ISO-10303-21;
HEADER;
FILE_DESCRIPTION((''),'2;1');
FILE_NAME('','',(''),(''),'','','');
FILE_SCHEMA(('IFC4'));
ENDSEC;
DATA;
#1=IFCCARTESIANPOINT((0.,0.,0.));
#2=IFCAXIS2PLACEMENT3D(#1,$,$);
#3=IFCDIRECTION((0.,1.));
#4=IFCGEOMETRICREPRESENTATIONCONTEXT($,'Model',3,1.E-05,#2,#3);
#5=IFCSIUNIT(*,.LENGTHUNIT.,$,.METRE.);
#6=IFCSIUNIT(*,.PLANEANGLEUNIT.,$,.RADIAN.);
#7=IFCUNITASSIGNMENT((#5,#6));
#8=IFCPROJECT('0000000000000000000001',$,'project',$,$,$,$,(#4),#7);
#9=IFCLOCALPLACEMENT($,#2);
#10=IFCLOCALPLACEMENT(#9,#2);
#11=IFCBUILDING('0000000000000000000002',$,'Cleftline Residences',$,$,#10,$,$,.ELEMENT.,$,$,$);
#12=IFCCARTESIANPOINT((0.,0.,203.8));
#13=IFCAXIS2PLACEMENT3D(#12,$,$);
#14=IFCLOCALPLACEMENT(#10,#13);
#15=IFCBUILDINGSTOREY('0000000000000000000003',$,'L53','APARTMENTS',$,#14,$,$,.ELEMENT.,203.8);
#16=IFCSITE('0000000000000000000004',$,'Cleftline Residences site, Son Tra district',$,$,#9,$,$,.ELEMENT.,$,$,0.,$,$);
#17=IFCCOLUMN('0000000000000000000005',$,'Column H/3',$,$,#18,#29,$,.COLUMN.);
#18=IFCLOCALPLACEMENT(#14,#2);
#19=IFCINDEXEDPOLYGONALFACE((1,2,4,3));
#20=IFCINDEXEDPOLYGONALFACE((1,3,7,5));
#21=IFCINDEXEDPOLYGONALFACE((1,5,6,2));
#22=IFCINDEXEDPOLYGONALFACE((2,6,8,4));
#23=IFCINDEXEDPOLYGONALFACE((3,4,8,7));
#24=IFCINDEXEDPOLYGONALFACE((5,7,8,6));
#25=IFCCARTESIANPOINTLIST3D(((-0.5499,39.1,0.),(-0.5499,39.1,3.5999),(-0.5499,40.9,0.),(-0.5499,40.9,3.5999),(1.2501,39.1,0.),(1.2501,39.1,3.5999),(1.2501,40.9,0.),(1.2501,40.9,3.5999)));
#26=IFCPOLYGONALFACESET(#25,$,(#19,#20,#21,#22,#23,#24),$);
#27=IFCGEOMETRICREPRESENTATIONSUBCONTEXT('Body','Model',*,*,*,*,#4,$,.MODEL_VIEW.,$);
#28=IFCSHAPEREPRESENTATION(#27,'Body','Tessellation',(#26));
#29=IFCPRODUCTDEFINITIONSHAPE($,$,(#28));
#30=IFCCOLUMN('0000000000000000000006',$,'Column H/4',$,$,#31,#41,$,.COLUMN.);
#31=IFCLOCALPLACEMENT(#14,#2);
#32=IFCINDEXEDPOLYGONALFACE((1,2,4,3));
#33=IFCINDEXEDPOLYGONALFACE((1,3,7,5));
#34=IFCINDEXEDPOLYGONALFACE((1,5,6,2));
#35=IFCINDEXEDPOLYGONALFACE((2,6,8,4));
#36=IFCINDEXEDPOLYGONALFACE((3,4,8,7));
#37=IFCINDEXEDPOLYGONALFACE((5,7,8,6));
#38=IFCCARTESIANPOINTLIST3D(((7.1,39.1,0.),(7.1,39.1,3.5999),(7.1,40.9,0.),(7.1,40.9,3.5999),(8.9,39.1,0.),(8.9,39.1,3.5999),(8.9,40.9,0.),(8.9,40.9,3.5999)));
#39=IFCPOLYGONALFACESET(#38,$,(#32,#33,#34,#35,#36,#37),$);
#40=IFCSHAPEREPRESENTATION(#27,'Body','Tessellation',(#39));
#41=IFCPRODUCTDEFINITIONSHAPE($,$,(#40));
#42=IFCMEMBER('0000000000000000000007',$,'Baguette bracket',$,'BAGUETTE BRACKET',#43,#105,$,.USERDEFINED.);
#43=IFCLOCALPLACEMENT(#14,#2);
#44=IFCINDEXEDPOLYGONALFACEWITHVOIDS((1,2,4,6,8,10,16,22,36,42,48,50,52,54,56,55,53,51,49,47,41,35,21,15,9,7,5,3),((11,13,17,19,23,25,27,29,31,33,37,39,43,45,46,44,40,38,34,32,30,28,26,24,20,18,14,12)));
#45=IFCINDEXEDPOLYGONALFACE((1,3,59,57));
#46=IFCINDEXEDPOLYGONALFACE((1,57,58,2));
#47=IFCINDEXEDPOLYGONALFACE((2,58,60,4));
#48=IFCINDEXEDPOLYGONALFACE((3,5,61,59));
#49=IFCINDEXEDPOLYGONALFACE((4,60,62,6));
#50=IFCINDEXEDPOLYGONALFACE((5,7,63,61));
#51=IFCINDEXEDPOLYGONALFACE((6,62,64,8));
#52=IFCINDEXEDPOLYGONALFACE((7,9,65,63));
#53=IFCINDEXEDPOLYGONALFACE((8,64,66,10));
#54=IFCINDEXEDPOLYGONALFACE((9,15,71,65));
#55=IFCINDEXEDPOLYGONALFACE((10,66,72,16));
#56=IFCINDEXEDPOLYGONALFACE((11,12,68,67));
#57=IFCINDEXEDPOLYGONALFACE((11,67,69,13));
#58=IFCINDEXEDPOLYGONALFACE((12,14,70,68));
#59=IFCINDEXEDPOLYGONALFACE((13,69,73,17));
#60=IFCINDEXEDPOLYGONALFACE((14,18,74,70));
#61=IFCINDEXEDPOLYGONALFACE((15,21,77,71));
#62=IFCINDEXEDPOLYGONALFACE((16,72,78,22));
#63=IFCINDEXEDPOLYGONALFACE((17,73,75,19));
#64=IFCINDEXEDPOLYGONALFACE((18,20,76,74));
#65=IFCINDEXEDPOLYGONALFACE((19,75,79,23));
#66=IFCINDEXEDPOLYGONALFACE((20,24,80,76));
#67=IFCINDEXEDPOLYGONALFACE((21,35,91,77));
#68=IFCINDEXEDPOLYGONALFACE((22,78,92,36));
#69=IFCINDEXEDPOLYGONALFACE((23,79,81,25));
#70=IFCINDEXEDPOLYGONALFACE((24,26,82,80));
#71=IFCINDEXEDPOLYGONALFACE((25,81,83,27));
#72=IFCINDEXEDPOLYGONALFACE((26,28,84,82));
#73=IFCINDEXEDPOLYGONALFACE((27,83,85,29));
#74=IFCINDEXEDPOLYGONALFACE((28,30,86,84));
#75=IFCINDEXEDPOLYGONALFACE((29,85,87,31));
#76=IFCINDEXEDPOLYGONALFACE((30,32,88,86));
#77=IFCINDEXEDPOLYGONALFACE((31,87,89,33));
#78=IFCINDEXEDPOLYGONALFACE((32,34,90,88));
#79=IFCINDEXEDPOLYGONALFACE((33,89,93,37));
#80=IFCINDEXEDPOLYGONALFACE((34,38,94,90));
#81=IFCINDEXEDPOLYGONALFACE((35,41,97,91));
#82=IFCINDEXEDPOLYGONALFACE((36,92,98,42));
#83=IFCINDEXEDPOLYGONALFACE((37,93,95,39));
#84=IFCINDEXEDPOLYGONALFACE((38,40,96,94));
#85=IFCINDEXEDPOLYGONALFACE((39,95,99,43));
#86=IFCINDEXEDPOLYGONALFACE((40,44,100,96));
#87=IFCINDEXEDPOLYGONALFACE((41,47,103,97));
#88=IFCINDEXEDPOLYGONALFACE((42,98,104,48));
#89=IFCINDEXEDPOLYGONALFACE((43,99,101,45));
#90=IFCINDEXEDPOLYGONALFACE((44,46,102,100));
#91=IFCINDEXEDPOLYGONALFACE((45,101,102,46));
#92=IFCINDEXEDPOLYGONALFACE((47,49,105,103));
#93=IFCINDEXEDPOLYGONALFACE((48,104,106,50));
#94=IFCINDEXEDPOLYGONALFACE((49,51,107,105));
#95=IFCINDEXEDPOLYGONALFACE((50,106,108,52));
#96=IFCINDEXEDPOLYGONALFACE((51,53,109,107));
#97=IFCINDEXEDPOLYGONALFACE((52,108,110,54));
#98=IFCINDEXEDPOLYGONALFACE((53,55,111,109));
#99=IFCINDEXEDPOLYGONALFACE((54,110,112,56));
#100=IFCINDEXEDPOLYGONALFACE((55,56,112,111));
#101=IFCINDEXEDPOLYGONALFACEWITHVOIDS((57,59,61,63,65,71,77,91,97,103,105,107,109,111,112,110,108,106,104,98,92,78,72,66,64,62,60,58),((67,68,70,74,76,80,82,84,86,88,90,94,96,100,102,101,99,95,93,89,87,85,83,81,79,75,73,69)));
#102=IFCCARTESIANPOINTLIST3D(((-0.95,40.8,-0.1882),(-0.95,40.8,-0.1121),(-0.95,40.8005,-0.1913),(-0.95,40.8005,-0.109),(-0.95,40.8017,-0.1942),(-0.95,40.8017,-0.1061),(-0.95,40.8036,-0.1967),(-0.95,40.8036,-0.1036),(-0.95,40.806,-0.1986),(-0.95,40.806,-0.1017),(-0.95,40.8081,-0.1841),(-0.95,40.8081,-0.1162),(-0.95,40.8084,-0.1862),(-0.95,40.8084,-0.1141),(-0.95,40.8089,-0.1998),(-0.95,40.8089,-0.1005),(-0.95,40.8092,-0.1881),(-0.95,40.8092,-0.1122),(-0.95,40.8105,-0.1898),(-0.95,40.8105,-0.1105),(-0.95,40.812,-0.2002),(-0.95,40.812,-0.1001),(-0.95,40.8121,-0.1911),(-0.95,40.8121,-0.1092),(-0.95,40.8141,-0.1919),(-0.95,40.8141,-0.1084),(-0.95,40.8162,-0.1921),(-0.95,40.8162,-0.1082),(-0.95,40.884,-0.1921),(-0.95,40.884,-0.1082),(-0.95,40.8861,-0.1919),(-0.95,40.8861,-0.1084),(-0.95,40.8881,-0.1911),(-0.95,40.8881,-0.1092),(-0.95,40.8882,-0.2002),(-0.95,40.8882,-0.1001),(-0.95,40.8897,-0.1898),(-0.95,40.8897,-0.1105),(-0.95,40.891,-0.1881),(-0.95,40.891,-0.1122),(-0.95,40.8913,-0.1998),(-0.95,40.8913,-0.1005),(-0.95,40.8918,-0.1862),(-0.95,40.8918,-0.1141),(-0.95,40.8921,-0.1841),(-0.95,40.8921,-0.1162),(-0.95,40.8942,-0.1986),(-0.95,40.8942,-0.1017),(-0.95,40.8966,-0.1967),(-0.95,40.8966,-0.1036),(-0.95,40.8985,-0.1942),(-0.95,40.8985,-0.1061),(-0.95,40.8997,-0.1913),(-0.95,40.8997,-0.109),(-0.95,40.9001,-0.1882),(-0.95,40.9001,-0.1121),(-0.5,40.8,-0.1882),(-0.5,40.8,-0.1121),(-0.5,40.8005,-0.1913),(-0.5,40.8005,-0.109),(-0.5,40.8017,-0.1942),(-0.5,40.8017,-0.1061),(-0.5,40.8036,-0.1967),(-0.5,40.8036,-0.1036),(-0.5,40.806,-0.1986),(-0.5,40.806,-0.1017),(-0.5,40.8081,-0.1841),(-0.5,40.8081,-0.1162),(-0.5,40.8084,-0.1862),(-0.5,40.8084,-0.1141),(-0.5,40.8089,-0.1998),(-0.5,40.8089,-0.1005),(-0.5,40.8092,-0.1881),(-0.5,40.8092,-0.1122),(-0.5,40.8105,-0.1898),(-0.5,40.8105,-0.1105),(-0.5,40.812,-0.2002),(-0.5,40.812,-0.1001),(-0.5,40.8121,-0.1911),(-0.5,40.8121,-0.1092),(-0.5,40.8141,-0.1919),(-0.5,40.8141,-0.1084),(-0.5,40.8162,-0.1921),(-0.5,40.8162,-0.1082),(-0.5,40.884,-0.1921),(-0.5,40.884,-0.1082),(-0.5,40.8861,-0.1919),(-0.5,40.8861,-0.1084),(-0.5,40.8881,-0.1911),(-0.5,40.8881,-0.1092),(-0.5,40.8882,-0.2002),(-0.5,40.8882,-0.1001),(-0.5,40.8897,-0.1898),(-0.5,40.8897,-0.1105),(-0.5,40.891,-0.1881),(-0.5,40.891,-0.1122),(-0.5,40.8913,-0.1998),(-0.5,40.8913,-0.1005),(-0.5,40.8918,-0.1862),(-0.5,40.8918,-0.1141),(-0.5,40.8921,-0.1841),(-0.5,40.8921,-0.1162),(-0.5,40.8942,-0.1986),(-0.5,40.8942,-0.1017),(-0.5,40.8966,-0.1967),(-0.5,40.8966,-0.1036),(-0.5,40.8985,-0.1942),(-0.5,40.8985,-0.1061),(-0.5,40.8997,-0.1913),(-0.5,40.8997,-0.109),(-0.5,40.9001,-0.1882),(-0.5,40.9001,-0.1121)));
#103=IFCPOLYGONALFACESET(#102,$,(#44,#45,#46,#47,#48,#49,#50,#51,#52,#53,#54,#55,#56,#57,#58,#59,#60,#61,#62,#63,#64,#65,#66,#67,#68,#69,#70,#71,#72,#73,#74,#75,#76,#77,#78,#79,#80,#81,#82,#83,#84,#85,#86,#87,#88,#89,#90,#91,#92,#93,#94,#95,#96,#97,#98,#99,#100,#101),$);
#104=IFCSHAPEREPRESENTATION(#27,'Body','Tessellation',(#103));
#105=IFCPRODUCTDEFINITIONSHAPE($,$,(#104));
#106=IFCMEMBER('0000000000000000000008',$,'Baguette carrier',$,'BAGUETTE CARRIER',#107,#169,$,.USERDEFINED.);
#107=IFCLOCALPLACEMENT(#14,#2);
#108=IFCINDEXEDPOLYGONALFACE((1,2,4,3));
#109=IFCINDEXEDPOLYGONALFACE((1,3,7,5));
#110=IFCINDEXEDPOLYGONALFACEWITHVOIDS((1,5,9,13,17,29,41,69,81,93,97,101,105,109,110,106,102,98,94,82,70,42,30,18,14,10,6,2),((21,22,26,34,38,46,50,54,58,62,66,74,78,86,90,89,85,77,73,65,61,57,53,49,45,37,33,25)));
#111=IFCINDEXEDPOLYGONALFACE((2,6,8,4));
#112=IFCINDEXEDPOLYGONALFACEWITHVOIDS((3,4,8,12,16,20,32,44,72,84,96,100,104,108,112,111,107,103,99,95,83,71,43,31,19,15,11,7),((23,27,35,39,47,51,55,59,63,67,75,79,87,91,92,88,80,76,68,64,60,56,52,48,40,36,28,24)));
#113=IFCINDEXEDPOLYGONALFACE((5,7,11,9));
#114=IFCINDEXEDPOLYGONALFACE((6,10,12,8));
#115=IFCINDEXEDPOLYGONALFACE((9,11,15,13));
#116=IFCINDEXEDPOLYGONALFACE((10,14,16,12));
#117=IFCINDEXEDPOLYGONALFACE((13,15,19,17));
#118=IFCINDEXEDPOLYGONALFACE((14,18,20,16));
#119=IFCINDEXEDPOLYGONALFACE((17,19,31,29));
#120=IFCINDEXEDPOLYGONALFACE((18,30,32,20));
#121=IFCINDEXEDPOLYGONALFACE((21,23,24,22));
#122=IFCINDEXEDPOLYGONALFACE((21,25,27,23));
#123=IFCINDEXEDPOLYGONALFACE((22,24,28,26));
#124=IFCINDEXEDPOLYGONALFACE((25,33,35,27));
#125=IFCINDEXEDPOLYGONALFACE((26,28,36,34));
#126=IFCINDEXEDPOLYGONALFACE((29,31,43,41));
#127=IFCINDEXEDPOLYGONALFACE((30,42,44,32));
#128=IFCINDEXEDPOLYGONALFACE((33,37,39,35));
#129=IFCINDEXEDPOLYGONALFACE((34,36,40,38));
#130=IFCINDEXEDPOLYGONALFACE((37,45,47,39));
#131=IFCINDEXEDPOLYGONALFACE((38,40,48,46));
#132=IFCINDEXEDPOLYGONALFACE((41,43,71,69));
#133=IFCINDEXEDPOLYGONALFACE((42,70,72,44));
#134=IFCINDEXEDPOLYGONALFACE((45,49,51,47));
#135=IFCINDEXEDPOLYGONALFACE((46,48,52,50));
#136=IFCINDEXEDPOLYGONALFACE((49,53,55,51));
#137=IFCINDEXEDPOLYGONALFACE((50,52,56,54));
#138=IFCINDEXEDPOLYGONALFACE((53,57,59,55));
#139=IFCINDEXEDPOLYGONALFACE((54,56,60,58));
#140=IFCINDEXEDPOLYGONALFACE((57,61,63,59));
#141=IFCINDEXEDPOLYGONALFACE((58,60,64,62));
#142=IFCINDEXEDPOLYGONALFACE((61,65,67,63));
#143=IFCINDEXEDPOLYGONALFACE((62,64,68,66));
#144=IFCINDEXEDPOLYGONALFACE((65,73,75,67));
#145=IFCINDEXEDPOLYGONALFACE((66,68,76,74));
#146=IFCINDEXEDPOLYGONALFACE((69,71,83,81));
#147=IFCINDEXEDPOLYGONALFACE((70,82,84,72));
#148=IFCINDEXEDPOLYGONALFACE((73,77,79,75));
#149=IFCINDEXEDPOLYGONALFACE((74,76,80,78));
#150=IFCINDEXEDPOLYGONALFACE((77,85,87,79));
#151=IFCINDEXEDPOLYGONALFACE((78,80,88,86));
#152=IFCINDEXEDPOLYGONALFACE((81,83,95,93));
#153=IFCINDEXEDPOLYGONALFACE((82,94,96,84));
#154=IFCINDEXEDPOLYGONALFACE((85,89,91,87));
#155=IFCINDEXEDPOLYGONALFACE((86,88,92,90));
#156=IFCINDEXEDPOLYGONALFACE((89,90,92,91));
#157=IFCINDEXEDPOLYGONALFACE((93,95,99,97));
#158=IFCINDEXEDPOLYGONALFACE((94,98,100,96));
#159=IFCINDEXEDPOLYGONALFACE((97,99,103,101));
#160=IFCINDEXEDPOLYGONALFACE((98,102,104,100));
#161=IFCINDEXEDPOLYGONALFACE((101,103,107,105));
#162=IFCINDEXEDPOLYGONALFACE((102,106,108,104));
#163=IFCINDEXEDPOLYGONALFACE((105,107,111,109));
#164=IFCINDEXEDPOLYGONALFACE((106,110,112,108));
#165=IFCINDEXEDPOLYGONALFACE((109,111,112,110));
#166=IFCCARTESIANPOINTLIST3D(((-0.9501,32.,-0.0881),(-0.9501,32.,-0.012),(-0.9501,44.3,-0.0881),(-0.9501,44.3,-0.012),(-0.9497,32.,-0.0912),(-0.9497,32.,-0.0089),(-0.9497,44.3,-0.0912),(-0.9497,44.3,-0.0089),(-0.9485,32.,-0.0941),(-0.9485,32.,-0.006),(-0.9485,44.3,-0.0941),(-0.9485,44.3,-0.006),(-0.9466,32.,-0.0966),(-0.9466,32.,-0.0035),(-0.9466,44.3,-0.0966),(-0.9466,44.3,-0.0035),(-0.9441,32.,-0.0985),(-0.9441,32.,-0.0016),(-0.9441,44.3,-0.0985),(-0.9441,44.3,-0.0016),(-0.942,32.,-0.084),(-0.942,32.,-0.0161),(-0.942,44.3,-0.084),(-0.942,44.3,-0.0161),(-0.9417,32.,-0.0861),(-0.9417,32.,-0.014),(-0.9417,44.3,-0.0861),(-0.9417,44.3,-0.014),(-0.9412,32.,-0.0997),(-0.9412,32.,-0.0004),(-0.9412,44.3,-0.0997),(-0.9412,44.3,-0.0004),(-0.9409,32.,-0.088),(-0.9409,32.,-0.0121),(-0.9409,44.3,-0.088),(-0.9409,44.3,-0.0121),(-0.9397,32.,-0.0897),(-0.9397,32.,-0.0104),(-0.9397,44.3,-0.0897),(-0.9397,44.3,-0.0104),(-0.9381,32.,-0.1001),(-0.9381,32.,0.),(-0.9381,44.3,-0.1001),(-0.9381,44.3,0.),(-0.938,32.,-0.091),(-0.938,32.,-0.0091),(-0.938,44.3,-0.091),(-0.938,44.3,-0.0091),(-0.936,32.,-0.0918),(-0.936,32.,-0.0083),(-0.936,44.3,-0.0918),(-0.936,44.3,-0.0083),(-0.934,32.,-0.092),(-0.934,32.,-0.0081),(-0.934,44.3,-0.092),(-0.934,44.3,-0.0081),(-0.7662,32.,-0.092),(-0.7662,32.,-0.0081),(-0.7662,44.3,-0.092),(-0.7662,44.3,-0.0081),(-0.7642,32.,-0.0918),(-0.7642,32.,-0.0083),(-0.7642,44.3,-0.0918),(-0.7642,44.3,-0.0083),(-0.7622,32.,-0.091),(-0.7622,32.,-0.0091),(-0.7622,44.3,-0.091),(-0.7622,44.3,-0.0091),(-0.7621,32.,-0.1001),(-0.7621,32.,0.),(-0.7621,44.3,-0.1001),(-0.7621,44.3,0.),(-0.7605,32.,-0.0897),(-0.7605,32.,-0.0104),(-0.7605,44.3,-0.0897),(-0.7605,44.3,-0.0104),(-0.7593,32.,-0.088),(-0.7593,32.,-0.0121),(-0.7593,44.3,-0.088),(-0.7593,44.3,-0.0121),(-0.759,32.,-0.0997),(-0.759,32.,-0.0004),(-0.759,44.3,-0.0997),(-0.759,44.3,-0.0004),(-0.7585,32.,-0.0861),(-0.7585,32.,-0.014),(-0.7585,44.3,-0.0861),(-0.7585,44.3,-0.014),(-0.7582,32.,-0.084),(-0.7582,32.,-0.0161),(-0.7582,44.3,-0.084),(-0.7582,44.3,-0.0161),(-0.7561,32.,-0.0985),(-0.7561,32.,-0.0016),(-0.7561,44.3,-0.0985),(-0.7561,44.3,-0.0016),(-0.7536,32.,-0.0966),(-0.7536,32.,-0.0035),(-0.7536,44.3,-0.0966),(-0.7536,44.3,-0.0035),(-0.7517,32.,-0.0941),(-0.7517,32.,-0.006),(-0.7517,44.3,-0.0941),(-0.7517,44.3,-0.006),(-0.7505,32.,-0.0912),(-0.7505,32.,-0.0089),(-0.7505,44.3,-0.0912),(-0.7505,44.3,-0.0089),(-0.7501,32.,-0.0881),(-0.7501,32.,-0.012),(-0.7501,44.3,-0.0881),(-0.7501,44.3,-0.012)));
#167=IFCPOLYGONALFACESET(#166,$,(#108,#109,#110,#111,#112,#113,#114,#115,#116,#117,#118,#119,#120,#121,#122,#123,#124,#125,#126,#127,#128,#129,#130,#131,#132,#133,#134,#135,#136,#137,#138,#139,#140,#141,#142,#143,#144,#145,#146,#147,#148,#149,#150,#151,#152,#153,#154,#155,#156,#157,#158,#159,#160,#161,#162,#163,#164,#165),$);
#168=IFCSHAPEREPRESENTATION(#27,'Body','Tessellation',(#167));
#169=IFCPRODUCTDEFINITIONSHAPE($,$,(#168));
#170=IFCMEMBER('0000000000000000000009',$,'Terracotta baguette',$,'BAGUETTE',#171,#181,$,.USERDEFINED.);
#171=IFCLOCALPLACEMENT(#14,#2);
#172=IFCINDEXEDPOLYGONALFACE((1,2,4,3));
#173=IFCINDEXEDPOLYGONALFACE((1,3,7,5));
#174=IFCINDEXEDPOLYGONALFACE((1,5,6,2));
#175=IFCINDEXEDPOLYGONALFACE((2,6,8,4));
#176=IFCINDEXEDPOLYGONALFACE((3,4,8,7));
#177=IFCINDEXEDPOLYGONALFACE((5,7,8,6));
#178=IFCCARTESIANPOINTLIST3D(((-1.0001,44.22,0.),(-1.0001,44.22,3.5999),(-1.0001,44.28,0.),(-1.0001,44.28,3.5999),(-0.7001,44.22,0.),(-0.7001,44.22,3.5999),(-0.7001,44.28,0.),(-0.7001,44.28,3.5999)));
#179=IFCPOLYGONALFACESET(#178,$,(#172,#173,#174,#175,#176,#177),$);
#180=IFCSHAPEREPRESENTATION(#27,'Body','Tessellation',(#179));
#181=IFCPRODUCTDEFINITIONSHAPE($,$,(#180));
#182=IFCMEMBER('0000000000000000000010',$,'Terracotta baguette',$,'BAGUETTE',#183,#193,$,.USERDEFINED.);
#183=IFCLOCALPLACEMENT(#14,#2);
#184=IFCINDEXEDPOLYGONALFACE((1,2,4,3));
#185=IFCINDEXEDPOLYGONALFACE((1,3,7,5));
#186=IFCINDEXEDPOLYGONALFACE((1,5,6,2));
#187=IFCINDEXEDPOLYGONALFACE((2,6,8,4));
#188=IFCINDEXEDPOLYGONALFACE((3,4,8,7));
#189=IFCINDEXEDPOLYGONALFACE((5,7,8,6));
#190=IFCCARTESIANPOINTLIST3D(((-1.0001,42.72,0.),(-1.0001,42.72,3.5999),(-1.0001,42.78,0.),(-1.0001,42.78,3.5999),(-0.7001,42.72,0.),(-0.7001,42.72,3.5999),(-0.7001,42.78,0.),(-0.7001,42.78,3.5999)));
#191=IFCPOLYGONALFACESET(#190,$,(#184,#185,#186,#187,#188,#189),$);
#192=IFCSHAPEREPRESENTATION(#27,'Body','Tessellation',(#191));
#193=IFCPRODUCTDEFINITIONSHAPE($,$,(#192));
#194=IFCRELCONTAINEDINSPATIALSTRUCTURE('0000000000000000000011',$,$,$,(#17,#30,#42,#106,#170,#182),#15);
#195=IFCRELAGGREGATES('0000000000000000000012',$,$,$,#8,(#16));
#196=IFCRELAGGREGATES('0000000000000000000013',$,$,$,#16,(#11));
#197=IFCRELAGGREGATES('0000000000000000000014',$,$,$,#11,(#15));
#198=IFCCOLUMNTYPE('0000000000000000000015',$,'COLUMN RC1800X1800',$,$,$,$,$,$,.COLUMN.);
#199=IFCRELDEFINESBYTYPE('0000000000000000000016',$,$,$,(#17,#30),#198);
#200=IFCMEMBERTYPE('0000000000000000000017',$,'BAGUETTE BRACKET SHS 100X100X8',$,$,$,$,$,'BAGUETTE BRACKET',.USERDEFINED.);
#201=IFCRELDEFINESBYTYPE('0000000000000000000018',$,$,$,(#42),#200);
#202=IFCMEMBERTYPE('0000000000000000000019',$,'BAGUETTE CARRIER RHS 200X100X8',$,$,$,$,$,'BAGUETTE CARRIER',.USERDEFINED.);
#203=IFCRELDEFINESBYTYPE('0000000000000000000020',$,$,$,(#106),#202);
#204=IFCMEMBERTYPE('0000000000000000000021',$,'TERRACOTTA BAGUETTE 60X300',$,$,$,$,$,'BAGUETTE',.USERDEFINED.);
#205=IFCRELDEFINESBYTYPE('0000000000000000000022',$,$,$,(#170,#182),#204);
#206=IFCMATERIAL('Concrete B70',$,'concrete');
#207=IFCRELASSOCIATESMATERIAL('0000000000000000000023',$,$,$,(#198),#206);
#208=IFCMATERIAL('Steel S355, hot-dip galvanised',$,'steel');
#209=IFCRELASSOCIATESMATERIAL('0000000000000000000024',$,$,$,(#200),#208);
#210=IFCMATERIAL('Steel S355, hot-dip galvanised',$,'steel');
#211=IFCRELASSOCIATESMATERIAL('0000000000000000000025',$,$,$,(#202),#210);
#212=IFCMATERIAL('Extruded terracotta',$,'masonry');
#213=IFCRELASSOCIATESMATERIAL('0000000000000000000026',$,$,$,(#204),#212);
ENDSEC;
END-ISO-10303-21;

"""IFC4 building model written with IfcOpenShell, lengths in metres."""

from ifc_helpers import new_model, si_unit, direction, frame, origin, origin_2d, place, context, subcontext, project, spatial, rectangle, hollow_rectangle, extrude, material, material_profile, profile_set, type_object, element, save


model = new_model("IFC4")

# Units and contexts
model_context = context("Model", 3, precision=1e-05, world=origin(), true_north=direction((0.0, 1.0)))
body_context = subcontext(model_context, "Body", "Model", "MODEL_VIEW")
ifc_project = project(units=[si_unit("LENGTHUNIT", "METRE"), si_unit("PLANEANGLEUNIT", "RADIAN")], contexts=[model_context])

# Site, building, storey
site_placement = place(None, origin())
site = spatial("IfcSite", under=ifc_project, at=site_placement, Name="Cleftline Residences site, Son Tra district", CompositionType="ELEMENT", RefElevation=0.0)
building_placement = place(site_placement, origin())
building = spatial("IfcBuilding", under=site, at=building_placement, Name="Cleftline Residences", CompositionType="ELEMENT")
storey_placement = place(building_placement, frame((0.0, 0.0, 203.8)))
storey = spatial("IfcBuildingStorey", under=building, at=storey_placement, Name="L53", Description="APARTMENTS", CompositionType="ELEMENT", Elevation=203.8)

# Columns
ifc_material_1 = material(Name="Concrete B70", Category="concrete")
ifc_material_profile_1 = material_profile(ifc_material_1, rectangle(XDim=1.8, YDim=1.8, at=origin_2d()))
ifc_profile_set_1 = profile_set([ifc_material_profile_1], Name="Concrete B70")
column_type = type_object("IfcColumnType", Name="COLUMN RC1800X1800", PredefinedType="COLUMN", material=ifc_profile_set_1)
for number, where, z_axis, x_axis, name in (
    (1, (0.3501, 40.0, 0.0), (0.0, 0.0, 1.0), (1.0, 0.0, 0.0), "Column H/3"),
    (2, (8.0, 40.0, 0.0), (0.0, 0.0, 1.0), (1.0, 0.0, 0.0), "Column H/4"),
):
    element("IfcColumn", number, at=place(storey_placement, frame(where, z_axis=z_axis, x_axis=x_axis)), inside=storey, type_object=column_type, Name=name, PredefinedType="COLUMN", context=body_context, shape_type="SweptSolid", body=[
        extrude(rectangle(XDim=1.8, YDim=1.8, at=origin_2d()), origin(), (0.0, 0.0, 1.0), 3.5999),
    ])

# Members
ifc_material_2 = material(Name="Steel S355, hot-dip galvanised", Category="steel")
ifc_material_profile_2 = material_profile(ifc_material_2, hollow_rectangle(XDim=0.1001, YDim=0.1001, WallThickness=0.0081, InnerFilletRadius=0.0081, OuterFilletRadius=0.012, at=origin_2d()))
ifc_profile_set_2 = profile_set([ifc_material_profile_2], Name="Steel S355, hot-dip galvanised")
member_type_1 = type_object("IfcMemberType", Name="BAGUETTE BRACKET SHS 100X100X8", ElementType="BAGUETTE BRACKET", PredefinedType="USERDEFINED", material=ifc_profile_set_2)
member_1_placement = place(storey_placement, frame((-0.5, 40.8501, -0.1501), z_axis=(-1.0, 0.0, 0.0), x_axis=(0.0, -1.0, 0.0)))
element("IfcMember", 3, at=member_1_placement, inside=storey, type_object=member_type_1, Name="Baguette bracket", ObjectType="BAGUETTE BRACKET", PredefinedType="USERDEFINED", context=body_context, shape_type="SweptSolid", body=[
    extrude(hollow_rectangle(XDim=0.1001, YDim=0.1001, WallThickness=0.0081, InnerFilletRadius=0.0081, OuterFilletRadius=0.012, at=origin_2d()), origin(), (0.0, 0.0, 1.0), 0.45),
])
ifc_material_3 = material(Name="Steel S355, hot-dip galvanised", Category="steel")
ifc_material_profile_3 = material_profile(ifc_material_3, hollow_rectangle(XDim=0.1001, YDim=0.2, WallThickness=0.0081, InnerFilletRadius=0.0081, OuterFilletRadius=0.012, at=origin_2d()))
ifc_profile_set_3 = profile_set([ifc_material_profile_3], Name="Steel S355, hot-dip galvanised")
member_type_2 = type_object("IfcMemberType", Name="BAGUETTE CARRIER RHS 200X100X8", ElementType="BAGUETTE CARRIER", PredefinedType="USERDEFINED", material=ifc_profile_set_3)
member_2_placement = place(storey_placement, frame((-0.8501, 44.3, -0.05), z_axis=(0.0, -1.0, 0.0), x_axis=(0.0, 0.0, 1.0)))
element("IfcMember", 4, at=member_2_placement, inside=storey, type_object=member_type_2, Name="Baguette carrier", ObjectType="BAGUETTE CARRIER", PredefinedType="USERDEFINED", context=body_context, shape_type="SweptSolid", body=[
    extrude(hollow_rectangle(XDim=0.1001, YDim=0.2, WallThickness=0.0081, InnerFilletRadius=0.0081, OuterFilletRadius=0.012, at=origin_2d()), origin(), (0.0, 0.0, 1.0), 12.3),
])
ifc_material_4 = material(Name="Extruded terracotta", Category="masonry")
ifc_material_profile_4 = material_profile(ifc_material_4, rectangle(XDim=0.0601, YDim=0.3, at=origin_2d()))
ifc_profile_set_4 = profile_set([ifc_material_profile_4], Name="Extruded terracotta")
member_type_3 = type_object("IfcMemberType", Name="TERRACOTTA BAGUETTE 60X300", ElementType="BAGUETTE", PredefinedType="USERDEFINED", material=ifc_profile_set_4)
for number, where, z_axis, x_axis, name in (
    (5, (-0.8501, 44.25, 0.0), (0.0, 0.0, 1.0), (0.0, 1.0, 0.0), "Terracotta baguette"),
    (6, (-0.8501, 42.75, 0.0), (0.0, 0.0, 1.0), (0.0, 1.0, 0.0), "Terracotta baguette"),
):
    element("IfcMember", number, at=place(storey_placement, frame(where, z_axis=z_axis, x_axis=x_axis)), inside=storey, type_object=member_type_3, Name=name, ObjectType="BAGUETTE", PredefinedType="USERDEFINED", context=body_context, shape_type="SweptSolid", body=[
        extrude(rectangle(XDim=0.0601, YDim=0.3, at=origin_2d()), origin(), (0.0, 0.0, 1.0), 3.5999),
    ])

save(model, "model.ifc")
